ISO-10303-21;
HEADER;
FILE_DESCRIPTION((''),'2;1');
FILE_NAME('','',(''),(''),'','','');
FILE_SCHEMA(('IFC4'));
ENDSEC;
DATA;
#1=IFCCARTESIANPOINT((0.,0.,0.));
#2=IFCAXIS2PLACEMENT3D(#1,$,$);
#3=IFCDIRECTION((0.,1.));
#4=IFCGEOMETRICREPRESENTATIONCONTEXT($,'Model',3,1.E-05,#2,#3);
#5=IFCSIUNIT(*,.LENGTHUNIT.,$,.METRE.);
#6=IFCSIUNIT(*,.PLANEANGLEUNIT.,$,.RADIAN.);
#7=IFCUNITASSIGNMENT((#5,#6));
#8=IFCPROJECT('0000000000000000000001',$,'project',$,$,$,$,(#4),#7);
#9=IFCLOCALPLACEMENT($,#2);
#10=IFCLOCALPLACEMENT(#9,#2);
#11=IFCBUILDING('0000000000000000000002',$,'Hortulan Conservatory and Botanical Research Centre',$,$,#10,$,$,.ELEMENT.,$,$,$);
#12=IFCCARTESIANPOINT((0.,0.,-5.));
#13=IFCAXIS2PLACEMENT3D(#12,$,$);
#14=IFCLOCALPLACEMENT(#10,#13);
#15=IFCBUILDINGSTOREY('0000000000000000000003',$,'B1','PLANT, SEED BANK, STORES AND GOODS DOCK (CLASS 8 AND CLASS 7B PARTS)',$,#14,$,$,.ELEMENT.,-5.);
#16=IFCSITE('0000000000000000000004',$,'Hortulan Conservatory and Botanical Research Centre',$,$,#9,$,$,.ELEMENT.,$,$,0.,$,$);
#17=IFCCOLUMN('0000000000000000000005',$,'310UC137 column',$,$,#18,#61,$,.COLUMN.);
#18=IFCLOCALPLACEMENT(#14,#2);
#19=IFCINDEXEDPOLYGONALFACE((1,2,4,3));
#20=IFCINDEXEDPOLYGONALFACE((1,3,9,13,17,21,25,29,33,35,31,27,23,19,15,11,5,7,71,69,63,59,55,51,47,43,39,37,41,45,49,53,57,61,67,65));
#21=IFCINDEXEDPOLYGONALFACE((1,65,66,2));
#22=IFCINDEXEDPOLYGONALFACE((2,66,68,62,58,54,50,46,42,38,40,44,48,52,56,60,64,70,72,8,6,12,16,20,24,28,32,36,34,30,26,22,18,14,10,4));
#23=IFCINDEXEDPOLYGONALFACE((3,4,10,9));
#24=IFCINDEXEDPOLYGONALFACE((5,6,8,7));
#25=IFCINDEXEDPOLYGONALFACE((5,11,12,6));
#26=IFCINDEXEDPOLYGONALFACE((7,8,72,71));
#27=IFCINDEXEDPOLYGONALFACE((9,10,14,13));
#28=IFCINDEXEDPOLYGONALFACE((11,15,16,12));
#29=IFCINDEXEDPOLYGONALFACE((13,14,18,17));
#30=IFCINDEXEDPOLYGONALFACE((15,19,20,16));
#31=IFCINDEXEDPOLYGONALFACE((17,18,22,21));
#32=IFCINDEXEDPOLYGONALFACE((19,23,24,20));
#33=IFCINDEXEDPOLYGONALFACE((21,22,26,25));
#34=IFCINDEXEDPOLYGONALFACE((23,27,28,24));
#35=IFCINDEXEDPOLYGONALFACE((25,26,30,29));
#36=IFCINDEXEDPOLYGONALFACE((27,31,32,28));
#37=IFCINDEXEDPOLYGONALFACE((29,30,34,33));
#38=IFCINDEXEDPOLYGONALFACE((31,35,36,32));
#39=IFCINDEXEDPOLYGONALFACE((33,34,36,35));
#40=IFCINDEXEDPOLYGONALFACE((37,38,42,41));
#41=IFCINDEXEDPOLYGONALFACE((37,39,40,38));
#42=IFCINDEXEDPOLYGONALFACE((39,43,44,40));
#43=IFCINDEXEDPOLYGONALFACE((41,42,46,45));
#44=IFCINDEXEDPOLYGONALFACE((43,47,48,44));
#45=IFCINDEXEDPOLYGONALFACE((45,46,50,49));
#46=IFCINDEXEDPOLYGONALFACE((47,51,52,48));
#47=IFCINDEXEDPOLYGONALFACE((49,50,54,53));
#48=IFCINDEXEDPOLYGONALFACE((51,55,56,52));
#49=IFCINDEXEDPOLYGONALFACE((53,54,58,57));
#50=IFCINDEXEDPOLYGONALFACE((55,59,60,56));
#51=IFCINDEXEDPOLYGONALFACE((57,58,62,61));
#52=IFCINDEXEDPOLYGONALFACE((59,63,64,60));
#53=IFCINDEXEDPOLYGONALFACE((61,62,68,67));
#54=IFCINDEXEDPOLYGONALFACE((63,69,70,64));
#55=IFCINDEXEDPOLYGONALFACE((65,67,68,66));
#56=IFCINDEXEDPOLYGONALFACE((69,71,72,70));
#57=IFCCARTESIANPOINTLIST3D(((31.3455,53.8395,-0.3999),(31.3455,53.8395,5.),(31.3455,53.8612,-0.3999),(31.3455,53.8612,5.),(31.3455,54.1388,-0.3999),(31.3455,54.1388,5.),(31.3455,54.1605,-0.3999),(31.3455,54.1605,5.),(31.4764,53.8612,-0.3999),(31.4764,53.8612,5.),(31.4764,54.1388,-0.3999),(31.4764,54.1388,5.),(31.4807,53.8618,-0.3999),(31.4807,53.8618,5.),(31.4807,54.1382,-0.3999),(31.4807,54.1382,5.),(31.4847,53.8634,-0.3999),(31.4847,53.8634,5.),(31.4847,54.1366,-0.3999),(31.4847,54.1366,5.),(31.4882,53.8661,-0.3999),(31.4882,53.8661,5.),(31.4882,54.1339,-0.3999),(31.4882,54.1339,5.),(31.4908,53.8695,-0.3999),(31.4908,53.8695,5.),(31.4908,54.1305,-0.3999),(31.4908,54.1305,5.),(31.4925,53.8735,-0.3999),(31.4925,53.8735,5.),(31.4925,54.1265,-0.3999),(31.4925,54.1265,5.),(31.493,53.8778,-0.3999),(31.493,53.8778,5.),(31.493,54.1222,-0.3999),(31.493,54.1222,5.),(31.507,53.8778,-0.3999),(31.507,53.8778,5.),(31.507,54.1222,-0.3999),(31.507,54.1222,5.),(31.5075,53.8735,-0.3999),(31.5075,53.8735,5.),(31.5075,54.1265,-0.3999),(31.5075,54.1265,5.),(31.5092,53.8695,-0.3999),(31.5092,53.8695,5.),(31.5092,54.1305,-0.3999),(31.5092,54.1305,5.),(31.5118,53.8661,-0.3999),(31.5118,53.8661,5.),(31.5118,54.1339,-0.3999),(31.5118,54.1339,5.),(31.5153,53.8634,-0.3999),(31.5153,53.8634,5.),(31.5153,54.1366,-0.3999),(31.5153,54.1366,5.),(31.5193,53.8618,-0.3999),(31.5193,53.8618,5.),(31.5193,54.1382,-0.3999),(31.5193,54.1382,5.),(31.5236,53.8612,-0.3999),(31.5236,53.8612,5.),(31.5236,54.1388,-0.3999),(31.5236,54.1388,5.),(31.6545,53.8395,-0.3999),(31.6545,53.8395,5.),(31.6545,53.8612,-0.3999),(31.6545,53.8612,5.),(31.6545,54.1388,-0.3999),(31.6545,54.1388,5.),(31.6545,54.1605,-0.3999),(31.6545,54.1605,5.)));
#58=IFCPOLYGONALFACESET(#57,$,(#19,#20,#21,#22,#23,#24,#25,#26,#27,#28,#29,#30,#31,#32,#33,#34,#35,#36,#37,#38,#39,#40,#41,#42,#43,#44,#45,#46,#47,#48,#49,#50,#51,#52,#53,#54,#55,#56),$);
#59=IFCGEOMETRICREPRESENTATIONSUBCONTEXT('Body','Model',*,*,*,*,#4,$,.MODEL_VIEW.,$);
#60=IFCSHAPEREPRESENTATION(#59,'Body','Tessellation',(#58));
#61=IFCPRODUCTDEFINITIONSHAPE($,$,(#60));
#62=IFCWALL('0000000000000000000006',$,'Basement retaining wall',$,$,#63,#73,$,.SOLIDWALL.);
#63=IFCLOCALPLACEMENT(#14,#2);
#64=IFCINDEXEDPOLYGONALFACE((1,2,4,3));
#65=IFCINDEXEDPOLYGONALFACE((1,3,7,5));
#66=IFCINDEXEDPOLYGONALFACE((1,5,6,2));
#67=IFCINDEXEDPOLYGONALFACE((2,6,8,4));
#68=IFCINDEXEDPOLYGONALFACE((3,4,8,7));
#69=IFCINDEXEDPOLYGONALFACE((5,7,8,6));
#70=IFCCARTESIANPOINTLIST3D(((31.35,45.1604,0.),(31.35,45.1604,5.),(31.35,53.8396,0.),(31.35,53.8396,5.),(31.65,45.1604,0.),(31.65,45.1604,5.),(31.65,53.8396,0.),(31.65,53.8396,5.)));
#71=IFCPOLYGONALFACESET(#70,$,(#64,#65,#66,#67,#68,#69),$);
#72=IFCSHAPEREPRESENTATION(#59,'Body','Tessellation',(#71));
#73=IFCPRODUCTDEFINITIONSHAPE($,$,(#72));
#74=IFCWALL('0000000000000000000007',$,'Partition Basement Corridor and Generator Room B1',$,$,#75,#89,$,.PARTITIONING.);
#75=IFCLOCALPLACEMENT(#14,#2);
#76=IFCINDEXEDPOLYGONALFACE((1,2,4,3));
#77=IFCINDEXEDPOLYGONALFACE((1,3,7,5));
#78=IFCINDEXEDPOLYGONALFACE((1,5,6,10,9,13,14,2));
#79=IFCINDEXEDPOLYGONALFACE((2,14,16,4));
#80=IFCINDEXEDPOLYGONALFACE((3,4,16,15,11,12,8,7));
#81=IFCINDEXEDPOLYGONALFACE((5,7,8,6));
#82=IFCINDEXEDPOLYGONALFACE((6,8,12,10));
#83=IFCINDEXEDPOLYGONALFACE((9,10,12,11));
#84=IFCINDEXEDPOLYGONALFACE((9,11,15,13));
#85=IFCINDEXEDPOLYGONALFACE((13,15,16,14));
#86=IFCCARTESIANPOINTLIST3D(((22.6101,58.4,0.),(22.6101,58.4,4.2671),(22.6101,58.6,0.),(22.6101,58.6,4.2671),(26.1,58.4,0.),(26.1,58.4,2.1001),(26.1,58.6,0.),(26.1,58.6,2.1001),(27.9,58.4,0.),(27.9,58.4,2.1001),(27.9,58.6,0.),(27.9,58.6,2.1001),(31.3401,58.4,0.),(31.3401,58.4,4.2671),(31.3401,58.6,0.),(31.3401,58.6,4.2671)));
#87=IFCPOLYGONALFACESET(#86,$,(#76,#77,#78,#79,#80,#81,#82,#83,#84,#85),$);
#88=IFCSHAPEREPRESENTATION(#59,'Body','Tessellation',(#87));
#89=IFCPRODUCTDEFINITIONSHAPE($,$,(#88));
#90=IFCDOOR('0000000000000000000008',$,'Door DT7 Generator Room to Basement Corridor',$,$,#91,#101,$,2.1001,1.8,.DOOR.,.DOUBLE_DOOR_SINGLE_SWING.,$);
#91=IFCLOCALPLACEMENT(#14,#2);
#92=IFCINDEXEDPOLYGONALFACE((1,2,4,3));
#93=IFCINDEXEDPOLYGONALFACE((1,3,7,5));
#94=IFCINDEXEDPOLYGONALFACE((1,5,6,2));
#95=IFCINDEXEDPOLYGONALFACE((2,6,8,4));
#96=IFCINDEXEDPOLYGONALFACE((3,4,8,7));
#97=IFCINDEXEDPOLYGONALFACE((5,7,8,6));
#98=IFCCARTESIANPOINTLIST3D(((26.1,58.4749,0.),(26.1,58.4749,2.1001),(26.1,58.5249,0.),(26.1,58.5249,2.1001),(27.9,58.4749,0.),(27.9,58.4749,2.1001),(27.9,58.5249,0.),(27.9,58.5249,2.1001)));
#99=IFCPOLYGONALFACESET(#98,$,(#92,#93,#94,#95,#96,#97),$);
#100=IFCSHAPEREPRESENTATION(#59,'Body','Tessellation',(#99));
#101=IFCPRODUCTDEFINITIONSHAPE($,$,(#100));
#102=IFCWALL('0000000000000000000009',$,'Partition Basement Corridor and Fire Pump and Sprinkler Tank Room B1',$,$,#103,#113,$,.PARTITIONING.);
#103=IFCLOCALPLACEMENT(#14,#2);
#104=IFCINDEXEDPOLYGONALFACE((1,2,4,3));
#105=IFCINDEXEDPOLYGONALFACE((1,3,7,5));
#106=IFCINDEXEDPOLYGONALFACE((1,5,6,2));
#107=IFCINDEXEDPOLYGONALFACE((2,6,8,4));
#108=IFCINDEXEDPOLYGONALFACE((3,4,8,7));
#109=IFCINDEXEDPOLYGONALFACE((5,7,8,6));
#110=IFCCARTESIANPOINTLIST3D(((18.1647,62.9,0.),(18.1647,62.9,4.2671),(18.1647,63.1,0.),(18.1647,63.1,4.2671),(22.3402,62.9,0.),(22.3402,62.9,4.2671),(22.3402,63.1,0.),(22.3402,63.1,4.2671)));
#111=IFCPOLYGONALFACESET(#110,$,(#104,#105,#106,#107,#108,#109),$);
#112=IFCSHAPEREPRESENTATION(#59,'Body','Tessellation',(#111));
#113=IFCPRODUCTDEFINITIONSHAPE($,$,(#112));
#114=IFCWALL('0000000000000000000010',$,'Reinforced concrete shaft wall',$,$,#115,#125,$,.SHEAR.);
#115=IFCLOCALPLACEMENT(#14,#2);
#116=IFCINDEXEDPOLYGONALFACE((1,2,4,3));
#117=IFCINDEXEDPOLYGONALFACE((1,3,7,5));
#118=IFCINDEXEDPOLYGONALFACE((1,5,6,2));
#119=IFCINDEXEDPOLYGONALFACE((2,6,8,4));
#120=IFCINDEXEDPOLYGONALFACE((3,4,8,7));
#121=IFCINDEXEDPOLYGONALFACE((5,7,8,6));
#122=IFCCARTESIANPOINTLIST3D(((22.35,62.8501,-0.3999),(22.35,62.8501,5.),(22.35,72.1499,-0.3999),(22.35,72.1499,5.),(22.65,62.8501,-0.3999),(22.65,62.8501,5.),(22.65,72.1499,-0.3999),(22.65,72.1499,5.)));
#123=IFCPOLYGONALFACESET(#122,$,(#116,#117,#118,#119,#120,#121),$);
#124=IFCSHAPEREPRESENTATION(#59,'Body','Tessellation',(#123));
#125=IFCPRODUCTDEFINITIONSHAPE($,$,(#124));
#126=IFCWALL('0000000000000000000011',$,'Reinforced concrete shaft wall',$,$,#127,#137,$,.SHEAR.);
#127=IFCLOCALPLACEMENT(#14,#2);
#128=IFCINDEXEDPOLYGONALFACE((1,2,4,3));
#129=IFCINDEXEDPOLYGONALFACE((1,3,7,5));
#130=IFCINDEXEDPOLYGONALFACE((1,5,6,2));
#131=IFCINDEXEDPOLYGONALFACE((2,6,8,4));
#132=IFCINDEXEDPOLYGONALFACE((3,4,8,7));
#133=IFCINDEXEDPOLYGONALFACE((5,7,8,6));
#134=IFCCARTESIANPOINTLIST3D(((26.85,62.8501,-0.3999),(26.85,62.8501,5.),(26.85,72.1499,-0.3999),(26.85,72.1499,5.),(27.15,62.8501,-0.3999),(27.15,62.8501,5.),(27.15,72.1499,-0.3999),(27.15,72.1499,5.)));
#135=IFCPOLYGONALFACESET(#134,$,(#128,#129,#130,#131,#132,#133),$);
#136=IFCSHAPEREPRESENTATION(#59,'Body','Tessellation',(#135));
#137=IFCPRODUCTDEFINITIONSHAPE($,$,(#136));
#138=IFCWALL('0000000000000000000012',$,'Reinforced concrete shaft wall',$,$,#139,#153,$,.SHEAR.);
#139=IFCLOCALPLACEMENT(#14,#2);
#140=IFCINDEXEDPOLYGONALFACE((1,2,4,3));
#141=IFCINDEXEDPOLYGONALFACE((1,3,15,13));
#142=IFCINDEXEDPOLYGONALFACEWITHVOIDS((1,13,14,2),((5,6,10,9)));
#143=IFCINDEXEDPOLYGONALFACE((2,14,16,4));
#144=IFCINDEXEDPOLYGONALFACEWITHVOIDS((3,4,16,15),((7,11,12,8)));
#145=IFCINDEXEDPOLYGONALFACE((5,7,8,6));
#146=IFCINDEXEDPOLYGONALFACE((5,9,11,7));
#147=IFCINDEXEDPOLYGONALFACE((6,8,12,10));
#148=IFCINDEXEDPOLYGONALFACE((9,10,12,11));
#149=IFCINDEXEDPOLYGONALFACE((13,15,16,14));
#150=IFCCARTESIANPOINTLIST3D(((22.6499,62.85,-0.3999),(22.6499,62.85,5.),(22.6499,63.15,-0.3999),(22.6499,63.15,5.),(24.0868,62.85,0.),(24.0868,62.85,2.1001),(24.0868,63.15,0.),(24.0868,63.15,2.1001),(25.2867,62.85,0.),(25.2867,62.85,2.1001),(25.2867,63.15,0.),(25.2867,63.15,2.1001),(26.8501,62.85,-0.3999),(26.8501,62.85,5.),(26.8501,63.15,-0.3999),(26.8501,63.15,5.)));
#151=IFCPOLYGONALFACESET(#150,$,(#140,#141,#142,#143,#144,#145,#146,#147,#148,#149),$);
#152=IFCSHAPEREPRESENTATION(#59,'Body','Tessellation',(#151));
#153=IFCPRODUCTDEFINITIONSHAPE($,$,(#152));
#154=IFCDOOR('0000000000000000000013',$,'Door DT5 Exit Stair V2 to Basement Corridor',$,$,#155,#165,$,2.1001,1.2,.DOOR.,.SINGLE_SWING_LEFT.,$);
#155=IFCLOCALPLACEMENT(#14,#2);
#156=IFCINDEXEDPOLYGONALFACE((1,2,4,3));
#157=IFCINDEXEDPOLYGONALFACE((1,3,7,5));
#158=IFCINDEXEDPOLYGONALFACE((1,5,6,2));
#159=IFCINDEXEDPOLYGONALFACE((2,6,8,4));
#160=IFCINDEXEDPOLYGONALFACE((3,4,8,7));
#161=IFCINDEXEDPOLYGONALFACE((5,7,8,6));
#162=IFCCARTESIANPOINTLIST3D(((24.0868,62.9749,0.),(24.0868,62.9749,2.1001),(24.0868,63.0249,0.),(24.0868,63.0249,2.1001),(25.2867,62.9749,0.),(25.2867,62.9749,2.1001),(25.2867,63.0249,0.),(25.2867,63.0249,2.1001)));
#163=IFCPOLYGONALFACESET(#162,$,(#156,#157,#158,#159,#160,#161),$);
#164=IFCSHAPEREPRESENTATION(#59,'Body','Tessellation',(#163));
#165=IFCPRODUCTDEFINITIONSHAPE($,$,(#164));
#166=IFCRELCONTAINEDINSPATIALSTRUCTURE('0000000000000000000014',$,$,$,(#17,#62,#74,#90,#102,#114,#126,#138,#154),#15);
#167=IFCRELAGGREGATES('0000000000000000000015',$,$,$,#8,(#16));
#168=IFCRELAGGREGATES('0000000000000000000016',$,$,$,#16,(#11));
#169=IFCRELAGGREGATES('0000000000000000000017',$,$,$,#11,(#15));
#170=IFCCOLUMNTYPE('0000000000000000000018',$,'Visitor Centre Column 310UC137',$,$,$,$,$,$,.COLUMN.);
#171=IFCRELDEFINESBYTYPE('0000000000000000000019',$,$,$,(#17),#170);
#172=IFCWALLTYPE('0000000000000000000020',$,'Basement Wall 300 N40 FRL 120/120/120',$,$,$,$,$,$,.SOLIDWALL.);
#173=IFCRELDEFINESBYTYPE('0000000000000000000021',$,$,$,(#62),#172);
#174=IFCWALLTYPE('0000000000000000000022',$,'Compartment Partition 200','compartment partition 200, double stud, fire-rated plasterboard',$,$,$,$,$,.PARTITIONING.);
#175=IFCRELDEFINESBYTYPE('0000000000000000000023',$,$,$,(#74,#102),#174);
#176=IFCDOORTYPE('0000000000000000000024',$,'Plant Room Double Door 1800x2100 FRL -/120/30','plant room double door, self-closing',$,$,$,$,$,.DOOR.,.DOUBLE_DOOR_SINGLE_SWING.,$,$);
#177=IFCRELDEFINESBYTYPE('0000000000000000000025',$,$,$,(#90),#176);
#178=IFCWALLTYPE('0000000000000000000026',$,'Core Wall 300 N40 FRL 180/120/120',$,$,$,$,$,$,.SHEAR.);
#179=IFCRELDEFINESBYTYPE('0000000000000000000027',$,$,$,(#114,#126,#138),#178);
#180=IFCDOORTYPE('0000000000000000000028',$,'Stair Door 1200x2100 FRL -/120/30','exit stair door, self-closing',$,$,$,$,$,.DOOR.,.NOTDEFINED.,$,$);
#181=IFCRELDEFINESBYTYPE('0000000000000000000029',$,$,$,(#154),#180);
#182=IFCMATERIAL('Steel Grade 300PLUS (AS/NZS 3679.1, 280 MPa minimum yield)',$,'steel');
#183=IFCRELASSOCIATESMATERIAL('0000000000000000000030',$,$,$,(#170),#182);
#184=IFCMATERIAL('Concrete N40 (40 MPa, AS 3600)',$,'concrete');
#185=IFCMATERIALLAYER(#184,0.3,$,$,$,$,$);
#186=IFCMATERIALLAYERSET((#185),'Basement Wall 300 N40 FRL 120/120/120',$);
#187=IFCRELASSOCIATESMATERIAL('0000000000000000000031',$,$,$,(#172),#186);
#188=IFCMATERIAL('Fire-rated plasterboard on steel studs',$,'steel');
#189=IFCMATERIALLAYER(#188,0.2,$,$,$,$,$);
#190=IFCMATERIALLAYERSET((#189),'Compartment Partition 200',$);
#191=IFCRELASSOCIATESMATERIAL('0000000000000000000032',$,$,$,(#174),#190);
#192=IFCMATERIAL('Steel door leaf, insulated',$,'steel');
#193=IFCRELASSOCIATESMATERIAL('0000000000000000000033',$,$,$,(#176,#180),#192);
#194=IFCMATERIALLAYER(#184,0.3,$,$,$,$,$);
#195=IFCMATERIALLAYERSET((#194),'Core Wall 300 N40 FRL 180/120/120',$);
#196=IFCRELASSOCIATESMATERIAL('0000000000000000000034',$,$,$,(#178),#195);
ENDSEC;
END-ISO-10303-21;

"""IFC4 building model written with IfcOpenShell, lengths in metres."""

from ifc_helpers import new_model, si_unit, direction, frame, frame_2d, origin, origin_2d, place, context, subcontext, project, spatial, rectangle, i_section, extrude, material, layer, layer_set, material_profile, profile_set, type_object, element, fill, save


model = new_model("IFC4")

# Units and contexts
model_context = context("Model", 3, precision=1e-05, world=origin(), true_north=direction((0.0, 1.0)))
body_context = subcontext(model_context, "Body", "Model", "MODEL_VIEW")
ifc_project = project(units=[si_unit("LENGTHUNIT", "METRE"), si_unit("PLANEANGLEUNIT", "RADIAN")], contexts=[model_context])

# Site, building, storey
site_placement = place(None, origin())
site = spatial("IfcSite", under=ifc_project, at=site_placement, Name="Hortulan Conservatory and Botanical Research Centre", CompositionType="ELEMENT", RefElevation=0.0)
building_placement = place(site_placement, origin())
building = spatial("IfcBuilding", under=site, at=building_placement, Name="Hortulan Conservatory and Botanical Research Centre", CompositionType="ELEMENT")
storey_placement = place(building_placement, frame((0.0, 0.0, -5.0)))
storey = spatial("IfcBuildingStorey", under=building, at=storey_placement, Name="B1", Description="PLANT, SEED BANK, STORES AND GOODS DOCK (CLASS 8 AND CLASS 7B PARTS)", CompositionType="ELEMENT", Elevation=-5.0)

# Shared definitions
ifc_material_1 = material(Name="Concrete N40 (40 MPa, AS 3600)", Category="concrete")

# Column
ifc_material_2 = material(Name="Steel Grade 300PLUS (AS/NZS 3679.1, 280 MPa minimum yield)", Category="steel")
ifc_material_profile_1 = material_profile(ifc_material_2, i_section(OverallWidth=0.3091, OverallDepth=0.321, WebThickness=0.0139, FlangeThickness=0.0217, FilletRadius=0.0166, at=origin_2d()), Name="310UC137")
ifc_profile_set_1 = profile_set([ifc_material_profile_1], Name="Steel Grade 300PLUS (AS/NZS 3679.1, 280 MPa minimum yield)")
column_type = type_object("IfcColumnType", Name="Visitor Centre Column 310UC137", PredefinedType="COLUMN", material=ifc_profile_set_1)
for number, where, z_axis, x_axis, name in (
    (1, (31.5, 54.0, -0.3999), (0.0, 0.0, 1.0), (1.0, 0.0, 0.0), "310UC137 column"),
):
    element("IfcColumn", number, at=place(storey_placement, frame(where, z_axis=z_axis, x_axis=x_axis)), inside=storey, type_object=column_type, Name=name, PredefinedType="COLUMN", context=body_context, shape_type="SweptSolid", body=[
        extrude(i_section(OverallWidth=0.3091, OverallDepth=0.321, WebThickness=0.0139, FlangeThickness=0.0217, FilletRadius=0.0166, at=origin_2d()), origin(), (0.0, 0.0, 1.0), 5.3999),
    ])

# Wall
ifc_layer_1 = layer(ifc_material_1, 0.3)
ifc_layer_set_1 = layer_set([ifc_layer_1], Name="Basement Wall 300 N40 FRL 120/120/120")
wall_type_1 = type_object("IfcWallType", Name="Basement Wall 300 N40 FRL 120/120/120", PredefinedType="SOLIDWALL", material=ifc_layer_set_1)
wall_1_placement = place(storey_placement, frame((31.5, 53.8396, 0.0), z_axis=(0.0, 0.0, 1.0), x_axis=(0.0, -1.0, 0.0)))
element("IfcWall", 2, at=wall_1_placement, inside=storey, type_object=wall_type_1, Name="Basement retaining wall", PredefinedType="SOLIDWALL", context=body_context, shape_type="SweptSolid", body=[
    extrude(rectangle(XDim=8.6792, YDim=0.3, at=frame_2d((4.3396, 0.0))), origin(), (0.0, 0.0, 1.0), 5.0),
])

# Wall, opening, door
ifc_material_3 = material(Name="Fire-rated plasterboard on steel studs", Category="steel")
ifc_layer_2 = layer(ifc_material_3, 0.2)
ifc_layer_set_2 = layer_set([ifc_layer_2], Name="Compartment Partition 200")
wall_type_2 = type_object("IfcWallType", Name="Compartment Partition 200", Description="compartment partition 200, double stud, fire-rated plasterboard", PredefinedType="PARTITIONING", material=ifc_layer_set_2)
wall_2_placement = place(storey_placement, frame((22.6101, 58.5, 0.0), z_axis=(0.0, 0.0, 1.0), x_axis=(1.0, 0.0, 0.0)))
wall_2 = element("IfcWall", 3, at=wall_2_placement, inside=storey, type_object=wall_type_2, Name="Partition Basement Corridor and Generator Room B1", PredefinedType="PARTITIONING", context=body_context, shape_type="SweptSolid", body=[
    extrude(rectangle(XDim=8.73, YDim=0.2, at=frame_2d((4.365, 0.0))), origin(), (0.0, 0.0, 1.0), 4.2671),
])
opening_1_placement = place(wall_2_placement, frame((3.49, 0.0, 0.0)))
opening_1 = element("IfcOpeningElement", 4, at=opening_1_placement, cuts=wall_2, PredefinedType="OPENING", context=body_context, shape_type="SweptSolid", body=[
    extrude(rectangle(XDim=1.8, YDim=2.1001, at=frame_2d((0.8999, 1.05))), frame((0.0, 0.1099, 0.0), z_axis=(0.0, -1.0, 0.0), x_axis=(1.0, 0.0, 0.0)), (0.0, 0.0, 1.0), 0.22),
])
ifc_material_4 = material(Name="Steel door leaf, insulated", Category="steel")
door_type_1 = type_object("IfcDoorType", Name="Plant Room Double Door 1800x2100 FRL -/120/30", Description="plant room double door, self-closing", OperationType="DOUBLE_DOOR_SINGLE_SWING", PredefinedType="DOOR", material=ifc_material_4)
door_1_placement = place(opening_1_placement, origin())
door_1 = element("IfcDoor", 5, at=door_1_placement, inside=storey, type_object=door_type_1, Name="Door DT7 Generator Room to Basement Corridor", OperationType="DOUBLE_DOOR_SINGLE_SWING", OverallHeight=2.1001, OverallWidth=1.8, PredefinedType="DOOR", context=body_context, shape_type="SweptSolid", body=[
    extrude(rectangle(XDim=1.8, YDim=2.1001, at=frame_2d((0.8999, 1.05))), frame((0.0, 0.0249, 0.0), z_axis=(0.0, -1.0, 0.0), x_axis=(1.0, 0.0, 0.0)), (0.0, 0.0, 1.0), 0.05),
])
fill(opening_1, door_1)

# Walls
wall_3_placement = place(storey_placement, frame((18.1646, 63.0, 0.0), z_axis=(0.0, 0.0, 1.0), x_axis=(1.0, 0.0, 0.0)))
element("IfcWall", 6, at=wall_3_placement, inside=storey, type_object=wall_type_2, Name="Partition Basement Corridor and Fire Pump and Sprinkler Tank Room B1", PredefinedType="PARTITIONING", context=body_context, shape_type="SweptSolid", body=[
    extrude(rectangle(XDim=4.1755, YDim=0.2, at=frame_2d((2.0879, 0.0))), origin(), (0.0, 0.0, 1.0), 4.2671),
])
ifc_layer_3 = layer(ifc_material_1, 0.3)
ifc_layer_set_3 = layer_set([ifc_layer_3], Name="Core Wall 300 N40 FRL 180/120/120")
wall_type_3 = type_object("IfcWallType", Name="Core Wall 300 N40 FRL 180/120/120", PredefinedType="SHEAR", material=ifc_layer_set_3)
for number, where, z_axis, x_axis, name in (
    (7, (22.5, 62.8501, -0.3999), (0.0, 0.0, 1.0), (0.0, 1.0, 0.0), "Reinforced concrete shaft wall"),
    (8, (27.0, 62.8501, -0.3999), (0.0, 0.0, 1.0), (0.0, 1.0, 0.0), "Reinforced concrete shaft wall"),
):
    element("IfcWall", number, at=place(storey_placement, frame(where, z_axis=z_axis, x_axis=x_axis)), inside=storey, type_object=wall_type_3, Name=name, PredefinedType="SHEAR", context=body_context, shape_type="SweptSolid", body=[
        extrude(rectangle(XDim=9.2998, YDim=0.3, at=frame_2d((4.6499, 0.0))), origin(), (0.0, 0.0, 1.0), 5.3999),
    ])

# Wall, opening, door
wall_4_placement = place(storey_placement, frame((22.6499, 63.0, -0.3999), z_axis=(0.0, 0.0, 1.0), x_axis=(1.0, 0.0, 0.0)))
wall_4 = element("IfcWall", 9, at=wall_4_placement, inside=storey, type_object=wall_type_3, Name="Reinforced concrete shaft wall", PredefinedType="SHEAR", context=body_context, shape_type="SweptSolid", body=[
    extrude(rectangle(XDim=4.2002, YDim=0.3, at=frame_2d((2.1001, 0.0))), origin(), (0.0, 0.0, 1.0), 5.3999),
])
opening_2_placement = place(wall_4_placement, frame((1.4368, 0.0, 0.3999)))
opening_2 = element("IfcOpeningElement", 10, at=opening_2_placement, cuts=wall_4, PredefinedType="OPENING", context=body_context, shape_type="SweptSolid", body=[
    extrude(rectangle(XDim=1.2, YDim=2.1001, at=frame_2d((0.6001, 1.05))), frame((0.0, 0.1599, 0.0), z_axis=(0.0, -1.0, 0.0), x_axis=(1.0, 0.0, 0.0)), (0.0, 0.0, 1.0), 0.3201),
])
door_type_2 = type_object("IfcDoorType", Name="Stair Door 1200x2100 FRL -/120/30", Description="exit stair door, self-closing", OperationType="NOTDEFINED", PredefinedType="DOOR", material=ifc_material_4)
door_2_placement = place(opening_2_placement, origin())
door_2 = element("IfcDoor", 11, at=door_2_placement, inside=storey, type_object=door_type_2, Name="Door DT5 Exit Stair V2 to Basement Corridor", OperationType="SINGLE_SWING_LEFT", OverallHeight=2.1001, OverallWidth=1.2, PredefinedType="DOOR", context=body_context, shape_type="SweptSolid", body=[
    extrude(rectangle(XDim=1.2, YDim=2.1001, at=frame_2d((0.6001, 1.05))), frame((0.0, 0.0249, 0.0), z_axis=(0.0, -1.0, 0.0), x_axis=(1.0, 0.0, 0.0)), (0.0, 0.0, 1.0), 0.05),
])
fill(opening_2, door_2)

save(model, "model.ifc")
